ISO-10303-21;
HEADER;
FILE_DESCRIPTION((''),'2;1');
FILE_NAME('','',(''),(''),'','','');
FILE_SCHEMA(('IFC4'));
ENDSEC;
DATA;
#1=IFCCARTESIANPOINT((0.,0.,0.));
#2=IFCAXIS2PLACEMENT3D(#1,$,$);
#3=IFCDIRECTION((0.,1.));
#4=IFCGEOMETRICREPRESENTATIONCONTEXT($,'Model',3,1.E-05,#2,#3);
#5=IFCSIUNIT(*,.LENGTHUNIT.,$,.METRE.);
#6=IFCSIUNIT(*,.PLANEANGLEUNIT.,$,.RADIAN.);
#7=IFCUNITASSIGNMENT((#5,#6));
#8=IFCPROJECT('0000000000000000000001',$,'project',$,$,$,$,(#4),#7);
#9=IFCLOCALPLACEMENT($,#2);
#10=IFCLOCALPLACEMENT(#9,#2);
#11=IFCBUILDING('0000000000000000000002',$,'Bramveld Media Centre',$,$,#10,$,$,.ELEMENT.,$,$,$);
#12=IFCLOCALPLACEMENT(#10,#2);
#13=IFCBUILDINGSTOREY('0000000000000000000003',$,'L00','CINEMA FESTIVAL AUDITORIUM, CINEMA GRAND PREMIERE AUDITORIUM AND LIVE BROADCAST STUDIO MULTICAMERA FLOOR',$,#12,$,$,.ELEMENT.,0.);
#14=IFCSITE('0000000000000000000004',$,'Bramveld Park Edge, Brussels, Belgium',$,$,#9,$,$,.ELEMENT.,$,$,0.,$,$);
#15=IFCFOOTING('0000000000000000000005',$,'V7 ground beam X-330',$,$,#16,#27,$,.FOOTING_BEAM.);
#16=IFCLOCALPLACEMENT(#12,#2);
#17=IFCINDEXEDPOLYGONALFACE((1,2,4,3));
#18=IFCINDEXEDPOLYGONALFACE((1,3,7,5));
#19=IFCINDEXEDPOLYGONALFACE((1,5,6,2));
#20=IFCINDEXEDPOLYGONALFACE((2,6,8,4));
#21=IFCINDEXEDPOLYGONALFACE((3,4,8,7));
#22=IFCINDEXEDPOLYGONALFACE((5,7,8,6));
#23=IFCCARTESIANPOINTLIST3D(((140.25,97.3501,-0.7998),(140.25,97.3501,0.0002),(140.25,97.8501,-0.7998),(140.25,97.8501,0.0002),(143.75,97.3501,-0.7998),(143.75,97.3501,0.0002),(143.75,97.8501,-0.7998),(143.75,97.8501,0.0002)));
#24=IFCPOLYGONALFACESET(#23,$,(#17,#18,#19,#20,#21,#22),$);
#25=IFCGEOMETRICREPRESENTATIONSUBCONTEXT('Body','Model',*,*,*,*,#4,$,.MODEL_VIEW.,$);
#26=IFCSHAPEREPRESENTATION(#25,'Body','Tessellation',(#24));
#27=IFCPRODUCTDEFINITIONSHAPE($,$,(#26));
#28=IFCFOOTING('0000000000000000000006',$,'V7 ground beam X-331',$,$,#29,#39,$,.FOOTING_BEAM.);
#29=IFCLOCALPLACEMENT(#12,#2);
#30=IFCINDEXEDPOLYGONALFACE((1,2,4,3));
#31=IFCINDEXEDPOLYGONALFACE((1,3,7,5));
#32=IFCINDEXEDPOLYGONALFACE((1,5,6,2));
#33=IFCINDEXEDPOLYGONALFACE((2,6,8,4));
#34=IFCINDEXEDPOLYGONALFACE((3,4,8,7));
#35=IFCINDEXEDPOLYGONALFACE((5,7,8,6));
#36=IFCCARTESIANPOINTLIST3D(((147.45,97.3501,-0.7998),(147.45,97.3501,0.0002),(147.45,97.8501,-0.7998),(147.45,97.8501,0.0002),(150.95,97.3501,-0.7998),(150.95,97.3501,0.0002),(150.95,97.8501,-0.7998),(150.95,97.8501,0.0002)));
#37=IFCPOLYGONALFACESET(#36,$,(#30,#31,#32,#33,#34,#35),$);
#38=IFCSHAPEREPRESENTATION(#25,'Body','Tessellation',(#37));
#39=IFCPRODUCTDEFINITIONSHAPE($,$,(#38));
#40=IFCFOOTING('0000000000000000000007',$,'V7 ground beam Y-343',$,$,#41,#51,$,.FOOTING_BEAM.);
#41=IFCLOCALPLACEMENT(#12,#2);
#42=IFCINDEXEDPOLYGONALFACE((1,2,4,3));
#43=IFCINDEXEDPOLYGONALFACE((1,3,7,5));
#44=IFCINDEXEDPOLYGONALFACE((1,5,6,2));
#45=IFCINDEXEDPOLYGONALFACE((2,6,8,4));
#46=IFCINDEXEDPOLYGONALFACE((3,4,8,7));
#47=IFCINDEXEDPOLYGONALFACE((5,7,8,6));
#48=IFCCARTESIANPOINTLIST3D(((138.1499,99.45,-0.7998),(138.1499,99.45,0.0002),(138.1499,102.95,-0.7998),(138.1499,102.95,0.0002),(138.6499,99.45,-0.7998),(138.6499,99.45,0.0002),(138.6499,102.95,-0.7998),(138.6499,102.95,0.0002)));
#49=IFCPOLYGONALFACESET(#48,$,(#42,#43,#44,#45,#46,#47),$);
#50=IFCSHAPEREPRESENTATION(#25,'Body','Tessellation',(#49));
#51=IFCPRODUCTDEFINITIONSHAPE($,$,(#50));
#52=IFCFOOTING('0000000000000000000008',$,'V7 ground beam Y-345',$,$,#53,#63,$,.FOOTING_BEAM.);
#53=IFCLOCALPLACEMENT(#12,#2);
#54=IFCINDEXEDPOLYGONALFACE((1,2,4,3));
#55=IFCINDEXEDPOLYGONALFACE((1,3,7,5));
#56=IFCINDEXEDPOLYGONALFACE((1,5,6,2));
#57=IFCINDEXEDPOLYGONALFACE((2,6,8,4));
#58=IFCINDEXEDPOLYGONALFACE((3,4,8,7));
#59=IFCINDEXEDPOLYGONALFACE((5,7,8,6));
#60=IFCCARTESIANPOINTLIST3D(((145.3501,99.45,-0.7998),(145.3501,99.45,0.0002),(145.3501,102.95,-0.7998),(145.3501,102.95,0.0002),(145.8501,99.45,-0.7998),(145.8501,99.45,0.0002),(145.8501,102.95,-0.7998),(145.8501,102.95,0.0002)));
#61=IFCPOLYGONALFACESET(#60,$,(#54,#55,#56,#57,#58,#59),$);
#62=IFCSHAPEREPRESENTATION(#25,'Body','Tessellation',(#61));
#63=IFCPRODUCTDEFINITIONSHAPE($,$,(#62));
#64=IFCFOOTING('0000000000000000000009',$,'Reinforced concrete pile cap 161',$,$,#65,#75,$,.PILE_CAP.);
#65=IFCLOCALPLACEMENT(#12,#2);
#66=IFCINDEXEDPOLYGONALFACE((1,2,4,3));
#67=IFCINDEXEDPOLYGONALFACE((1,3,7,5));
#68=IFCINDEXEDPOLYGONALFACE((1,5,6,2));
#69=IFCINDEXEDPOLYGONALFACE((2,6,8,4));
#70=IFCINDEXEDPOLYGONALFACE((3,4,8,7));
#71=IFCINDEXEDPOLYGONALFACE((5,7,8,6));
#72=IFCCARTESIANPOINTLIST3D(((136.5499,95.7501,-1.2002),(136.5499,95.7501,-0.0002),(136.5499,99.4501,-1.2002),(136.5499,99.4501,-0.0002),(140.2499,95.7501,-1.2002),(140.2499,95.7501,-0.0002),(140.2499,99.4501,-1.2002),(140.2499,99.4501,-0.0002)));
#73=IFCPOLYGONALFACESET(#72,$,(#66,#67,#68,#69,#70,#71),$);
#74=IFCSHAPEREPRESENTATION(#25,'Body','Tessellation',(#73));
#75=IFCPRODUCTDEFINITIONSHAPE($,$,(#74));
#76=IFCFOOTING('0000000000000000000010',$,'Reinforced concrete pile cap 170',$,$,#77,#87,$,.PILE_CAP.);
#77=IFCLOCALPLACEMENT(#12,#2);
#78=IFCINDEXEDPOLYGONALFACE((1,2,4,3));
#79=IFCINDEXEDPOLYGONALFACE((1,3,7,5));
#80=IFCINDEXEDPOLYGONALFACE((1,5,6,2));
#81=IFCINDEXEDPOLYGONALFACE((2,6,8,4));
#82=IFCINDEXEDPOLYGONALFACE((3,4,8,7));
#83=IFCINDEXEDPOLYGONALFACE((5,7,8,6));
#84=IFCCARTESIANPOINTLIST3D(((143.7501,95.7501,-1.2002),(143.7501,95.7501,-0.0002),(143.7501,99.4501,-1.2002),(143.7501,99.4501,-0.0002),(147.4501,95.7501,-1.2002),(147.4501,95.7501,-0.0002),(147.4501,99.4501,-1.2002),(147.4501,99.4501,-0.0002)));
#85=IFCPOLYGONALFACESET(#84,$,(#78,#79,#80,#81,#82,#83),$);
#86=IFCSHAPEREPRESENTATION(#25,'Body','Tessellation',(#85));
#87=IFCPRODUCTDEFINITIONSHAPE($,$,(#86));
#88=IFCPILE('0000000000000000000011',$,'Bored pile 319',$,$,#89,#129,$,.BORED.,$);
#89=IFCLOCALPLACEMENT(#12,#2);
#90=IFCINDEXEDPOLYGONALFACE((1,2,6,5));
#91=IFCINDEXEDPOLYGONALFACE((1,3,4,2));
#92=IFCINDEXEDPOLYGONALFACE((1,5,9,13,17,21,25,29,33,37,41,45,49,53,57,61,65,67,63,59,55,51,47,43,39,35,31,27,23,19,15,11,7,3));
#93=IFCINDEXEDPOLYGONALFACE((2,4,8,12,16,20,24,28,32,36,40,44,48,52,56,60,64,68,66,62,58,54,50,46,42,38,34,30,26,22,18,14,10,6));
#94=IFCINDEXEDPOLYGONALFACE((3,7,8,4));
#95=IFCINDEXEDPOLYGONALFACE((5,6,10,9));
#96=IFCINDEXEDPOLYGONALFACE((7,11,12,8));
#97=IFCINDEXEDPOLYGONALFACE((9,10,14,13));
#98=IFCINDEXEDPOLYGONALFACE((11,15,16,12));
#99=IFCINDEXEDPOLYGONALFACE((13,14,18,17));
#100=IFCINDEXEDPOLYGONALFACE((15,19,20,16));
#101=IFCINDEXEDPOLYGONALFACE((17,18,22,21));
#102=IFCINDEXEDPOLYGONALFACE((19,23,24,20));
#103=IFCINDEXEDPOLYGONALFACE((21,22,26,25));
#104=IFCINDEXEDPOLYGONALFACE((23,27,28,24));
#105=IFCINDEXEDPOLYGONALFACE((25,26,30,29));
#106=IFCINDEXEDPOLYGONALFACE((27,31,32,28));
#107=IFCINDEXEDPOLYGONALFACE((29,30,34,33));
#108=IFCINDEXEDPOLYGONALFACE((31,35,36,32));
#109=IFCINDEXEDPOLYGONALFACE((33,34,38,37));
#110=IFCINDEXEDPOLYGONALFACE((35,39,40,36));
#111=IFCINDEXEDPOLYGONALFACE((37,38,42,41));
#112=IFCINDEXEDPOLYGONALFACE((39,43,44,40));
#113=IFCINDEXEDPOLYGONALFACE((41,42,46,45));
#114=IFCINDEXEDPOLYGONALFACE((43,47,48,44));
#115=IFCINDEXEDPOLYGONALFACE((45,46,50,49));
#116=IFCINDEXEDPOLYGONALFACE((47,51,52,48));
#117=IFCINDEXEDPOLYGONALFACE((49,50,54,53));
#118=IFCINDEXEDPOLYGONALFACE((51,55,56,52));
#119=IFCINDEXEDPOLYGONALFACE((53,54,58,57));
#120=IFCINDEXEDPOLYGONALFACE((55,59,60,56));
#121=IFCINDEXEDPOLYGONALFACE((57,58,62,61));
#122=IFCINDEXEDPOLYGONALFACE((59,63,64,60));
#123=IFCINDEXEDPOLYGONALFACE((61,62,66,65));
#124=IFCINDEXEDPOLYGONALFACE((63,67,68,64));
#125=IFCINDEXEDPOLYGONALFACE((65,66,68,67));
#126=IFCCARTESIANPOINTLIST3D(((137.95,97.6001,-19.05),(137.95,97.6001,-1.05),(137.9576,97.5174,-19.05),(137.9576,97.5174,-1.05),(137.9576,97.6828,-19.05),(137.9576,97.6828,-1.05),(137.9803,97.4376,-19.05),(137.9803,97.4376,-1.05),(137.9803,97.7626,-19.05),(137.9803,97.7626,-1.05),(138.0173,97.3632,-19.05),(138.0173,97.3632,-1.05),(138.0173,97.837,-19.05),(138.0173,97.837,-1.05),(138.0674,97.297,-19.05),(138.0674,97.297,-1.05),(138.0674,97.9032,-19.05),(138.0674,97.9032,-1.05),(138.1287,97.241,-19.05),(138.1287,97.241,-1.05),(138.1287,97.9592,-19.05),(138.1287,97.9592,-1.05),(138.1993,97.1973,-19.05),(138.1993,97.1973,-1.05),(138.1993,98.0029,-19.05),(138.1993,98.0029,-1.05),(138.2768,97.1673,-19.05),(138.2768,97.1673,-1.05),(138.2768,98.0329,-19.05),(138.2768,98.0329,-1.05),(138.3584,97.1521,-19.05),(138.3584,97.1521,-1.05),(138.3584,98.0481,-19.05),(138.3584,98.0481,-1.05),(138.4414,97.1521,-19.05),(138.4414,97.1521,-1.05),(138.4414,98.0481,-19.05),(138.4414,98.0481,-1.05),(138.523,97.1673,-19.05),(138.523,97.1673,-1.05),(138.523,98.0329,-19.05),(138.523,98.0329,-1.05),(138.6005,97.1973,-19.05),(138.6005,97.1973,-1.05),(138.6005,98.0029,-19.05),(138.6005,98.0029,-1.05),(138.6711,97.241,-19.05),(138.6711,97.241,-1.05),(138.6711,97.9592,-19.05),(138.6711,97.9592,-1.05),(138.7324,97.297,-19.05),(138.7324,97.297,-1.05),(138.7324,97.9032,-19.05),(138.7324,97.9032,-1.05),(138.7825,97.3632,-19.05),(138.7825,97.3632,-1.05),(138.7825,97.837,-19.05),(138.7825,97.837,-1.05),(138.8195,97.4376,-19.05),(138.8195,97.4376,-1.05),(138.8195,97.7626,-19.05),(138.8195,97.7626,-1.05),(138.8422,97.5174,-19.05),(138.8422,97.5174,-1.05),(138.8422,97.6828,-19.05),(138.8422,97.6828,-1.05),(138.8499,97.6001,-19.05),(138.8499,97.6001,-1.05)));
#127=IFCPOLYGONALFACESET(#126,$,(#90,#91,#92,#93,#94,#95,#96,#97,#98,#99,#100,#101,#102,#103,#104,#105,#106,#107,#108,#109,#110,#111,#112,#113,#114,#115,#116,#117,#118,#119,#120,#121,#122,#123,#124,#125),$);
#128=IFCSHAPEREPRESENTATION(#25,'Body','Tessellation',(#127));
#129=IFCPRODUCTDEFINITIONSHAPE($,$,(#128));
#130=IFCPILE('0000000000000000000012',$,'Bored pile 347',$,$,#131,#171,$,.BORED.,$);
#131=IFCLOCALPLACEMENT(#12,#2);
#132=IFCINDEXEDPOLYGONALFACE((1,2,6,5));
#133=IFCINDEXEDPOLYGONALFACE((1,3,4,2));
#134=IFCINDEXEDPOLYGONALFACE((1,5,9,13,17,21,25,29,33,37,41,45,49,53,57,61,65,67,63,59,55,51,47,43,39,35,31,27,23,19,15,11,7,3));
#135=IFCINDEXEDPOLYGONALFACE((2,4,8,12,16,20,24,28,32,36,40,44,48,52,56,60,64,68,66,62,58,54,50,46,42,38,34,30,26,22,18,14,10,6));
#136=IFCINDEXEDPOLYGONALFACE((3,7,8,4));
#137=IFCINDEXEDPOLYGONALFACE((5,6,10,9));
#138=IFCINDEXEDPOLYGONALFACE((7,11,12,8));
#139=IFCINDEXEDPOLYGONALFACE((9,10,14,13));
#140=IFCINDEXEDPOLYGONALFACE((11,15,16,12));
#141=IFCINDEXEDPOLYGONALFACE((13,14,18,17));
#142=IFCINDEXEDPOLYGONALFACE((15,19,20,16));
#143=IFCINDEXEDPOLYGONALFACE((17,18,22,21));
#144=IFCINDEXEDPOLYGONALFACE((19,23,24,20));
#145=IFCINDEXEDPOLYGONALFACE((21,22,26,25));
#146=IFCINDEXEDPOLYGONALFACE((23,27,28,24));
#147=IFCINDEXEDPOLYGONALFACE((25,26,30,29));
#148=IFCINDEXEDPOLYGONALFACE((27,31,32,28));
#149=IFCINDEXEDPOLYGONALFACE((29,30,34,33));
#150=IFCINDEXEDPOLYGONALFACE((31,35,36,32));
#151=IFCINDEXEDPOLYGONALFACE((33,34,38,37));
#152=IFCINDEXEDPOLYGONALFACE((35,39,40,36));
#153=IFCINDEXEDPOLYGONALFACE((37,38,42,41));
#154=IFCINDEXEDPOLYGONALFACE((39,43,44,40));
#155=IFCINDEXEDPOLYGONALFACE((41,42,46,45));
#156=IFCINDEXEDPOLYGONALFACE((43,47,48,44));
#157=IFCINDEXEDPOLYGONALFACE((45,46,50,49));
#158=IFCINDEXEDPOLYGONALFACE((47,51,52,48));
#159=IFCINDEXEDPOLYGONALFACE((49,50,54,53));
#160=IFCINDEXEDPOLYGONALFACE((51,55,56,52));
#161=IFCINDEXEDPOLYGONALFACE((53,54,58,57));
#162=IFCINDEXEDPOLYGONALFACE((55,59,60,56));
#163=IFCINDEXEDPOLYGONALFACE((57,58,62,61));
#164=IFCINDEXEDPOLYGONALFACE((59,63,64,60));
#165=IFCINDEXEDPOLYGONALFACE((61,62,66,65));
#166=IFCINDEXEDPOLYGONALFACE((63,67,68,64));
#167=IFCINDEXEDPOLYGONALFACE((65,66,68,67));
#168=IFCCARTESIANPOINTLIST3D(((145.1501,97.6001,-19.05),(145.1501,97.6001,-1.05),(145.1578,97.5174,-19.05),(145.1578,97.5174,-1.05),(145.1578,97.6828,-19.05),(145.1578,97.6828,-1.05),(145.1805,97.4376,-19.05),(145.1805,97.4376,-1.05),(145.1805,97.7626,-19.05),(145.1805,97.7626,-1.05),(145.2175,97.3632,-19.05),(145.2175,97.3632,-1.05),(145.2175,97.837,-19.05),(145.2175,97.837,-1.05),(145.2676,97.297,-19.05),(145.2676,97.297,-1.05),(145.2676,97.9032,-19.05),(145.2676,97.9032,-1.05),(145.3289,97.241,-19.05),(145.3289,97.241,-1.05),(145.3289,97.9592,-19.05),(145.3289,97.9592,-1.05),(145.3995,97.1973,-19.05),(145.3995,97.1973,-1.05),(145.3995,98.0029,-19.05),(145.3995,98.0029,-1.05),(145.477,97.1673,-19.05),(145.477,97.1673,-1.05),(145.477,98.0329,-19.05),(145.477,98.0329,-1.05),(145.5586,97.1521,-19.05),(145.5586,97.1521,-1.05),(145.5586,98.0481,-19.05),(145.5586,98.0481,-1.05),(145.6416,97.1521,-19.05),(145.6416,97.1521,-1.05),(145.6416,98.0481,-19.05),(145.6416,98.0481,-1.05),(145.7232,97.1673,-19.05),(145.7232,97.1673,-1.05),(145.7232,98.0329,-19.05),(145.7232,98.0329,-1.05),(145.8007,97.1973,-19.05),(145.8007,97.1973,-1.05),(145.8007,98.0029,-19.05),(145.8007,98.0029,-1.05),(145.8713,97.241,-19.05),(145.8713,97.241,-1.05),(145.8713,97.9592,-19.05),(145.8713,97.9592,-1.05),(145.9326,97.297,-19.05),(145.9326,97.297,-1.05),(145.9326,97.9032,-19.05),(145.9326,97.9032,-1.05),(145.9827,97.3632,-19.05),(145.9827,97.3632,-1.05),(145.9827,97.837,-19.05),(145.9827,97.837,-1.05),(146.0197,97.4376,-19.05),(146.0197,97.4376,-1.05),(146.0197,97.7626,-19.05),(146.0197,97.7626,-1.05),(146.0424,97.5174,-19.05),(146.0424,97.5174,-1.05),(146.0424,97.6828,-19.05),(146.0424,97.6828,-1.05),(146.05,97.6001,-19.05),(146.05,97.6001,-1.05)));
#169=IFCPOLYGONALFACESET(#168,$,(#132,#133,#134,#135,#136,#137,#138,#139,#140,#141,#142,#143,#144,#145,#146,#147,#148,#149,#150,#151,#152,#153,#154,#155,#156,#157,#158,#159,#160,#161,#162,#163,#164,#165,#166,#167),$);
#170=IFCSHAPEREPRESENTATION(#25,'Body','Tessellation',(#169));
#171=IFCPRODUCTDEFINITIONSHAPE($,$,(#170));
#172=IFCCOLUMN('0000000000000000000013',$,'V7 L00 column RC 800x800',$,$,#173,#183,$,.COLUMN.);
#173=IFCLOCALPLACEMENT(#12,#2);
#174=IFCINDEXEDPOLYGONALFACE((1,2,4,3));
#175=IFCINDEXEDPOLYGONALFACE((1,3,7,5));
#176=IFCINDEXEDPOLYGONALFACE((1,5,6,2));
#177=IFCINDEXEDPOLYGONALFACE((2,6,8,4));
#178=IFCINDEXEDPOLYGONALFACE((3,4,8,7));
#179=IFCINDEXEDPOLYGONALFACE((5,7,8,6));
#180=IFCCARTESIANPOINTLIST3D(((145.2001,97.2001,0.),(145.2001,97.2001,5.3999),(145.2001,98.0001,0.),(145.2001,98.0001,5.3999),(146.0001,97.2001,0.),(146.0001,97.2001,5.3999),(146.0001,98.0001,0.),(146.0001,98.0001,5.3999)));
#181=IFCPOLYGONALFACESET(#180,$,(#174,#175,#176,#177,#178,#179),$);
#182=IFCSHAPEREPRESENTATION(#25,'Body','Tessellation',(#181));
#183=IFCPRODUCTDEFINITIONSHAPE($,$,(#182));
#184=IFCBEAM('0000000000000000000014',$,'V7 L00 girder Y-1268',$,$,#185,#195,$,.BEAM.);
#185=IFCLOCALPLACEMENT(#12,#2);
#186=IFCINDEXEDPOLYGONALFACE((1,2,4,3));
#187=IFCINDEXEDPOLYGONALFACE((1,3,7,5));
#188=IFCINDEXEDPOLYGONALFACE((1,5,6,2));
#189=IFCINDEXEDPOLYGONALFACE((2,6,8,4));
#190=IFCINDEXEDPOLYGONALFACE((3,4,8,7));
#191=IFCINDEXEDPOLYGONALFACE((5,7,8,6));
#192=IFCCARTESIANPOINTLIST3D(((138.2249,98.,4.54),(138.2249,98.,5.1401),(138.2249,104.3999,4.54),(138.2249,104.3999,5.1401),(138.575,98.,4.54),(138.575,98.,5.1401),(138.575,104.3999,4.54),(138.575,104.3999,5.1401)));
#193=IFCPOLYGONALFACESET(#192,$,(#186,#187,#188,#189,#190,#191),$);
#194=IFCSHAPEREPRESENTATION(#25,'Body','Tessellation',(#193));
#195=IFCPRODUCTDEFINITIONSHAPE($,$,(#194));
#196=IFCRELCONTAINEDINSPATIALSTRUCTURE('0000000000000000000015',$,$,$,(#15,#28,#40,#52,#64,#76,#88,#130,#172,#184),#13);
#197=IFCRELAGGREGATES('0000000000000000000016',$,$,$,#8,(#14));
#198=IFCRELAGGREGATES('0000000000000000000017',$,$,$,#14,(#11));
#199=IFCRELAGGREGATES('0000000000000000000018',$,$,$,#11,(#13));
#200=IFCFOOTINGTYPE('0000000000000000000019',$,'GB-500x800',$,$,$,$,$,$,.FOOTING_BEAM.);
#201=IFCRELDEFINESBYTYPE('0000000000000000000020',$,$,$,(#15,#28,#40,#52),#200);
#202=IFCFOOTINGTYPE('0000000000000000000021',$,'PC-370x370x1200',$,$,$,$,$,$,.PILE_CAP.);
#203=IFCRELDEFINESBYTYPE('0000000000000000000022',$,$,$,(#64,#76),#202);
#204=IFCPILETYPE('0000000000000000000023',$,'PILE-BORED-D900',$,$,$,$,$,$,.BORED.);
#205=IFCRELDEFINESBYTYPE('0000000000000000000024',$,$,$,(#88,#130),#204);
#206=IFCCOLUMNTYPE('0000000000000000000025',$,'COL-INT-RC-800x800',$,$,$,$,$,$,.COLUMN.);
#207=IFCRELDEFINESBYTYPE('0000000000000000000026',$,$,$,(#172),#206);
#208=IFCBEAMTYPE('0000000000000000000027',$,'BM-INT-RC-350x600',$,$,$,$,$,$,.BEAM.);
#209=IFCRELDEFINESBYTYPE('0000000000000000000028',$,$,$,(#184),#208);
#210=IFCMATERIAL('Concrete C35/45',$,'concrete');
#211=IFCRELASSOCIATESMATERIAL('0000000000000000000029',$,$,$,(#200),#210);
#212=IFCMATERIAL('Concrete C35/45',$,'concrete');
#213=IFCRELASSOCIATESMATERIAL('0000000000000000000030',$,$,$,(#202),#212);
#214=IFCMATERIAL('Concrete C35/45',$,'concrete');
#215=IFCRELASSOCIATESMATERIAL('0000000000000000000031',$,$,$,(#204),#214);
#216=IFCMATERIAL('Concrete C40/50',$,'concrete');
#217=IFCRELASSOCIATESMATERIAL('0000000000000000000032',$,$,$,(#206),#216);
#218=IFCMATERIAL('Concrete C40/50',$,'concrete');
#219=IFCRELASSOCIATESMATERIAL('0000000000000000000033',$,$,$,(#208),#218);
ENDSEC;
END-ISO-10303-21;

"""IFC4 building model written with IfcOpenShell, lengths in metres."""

from ifc_helpers import new_model, si_unit, direction, frame, origin, origin_2d, place, context, subcontext, project, spatial, rectangle, circle, extrude, material, material_profile, profile_set, type_object, element, save


model = new_model("IFC4")

# Units and contexts
model_context = context("Model", 3, precision=1e-05, world=origin(), true_north=direction((0.0, 1.0)))
body_context = subcontext(model_context, "Body", "Model", "MODEL_VIEW")
ifc_project = project(units=[si_unit("LENGTHUNIT", "METRE"), si_unit("PLANEANGLEUNIT", "RADIAN")], contexts=[model_context])

# Site, building, storey
site_placement = place(None, origin())
site = spatial("IfcSite", under=ifc_project, at=site_placement, Name="Bramveld Park Edge, Brussels, Belgium", CompositionType="ELEMENT", RefElevation=0.0)
building_placement = place(site_placement, origin())
building = spatial("IfcBuilding", under=site, at=building_placement, Name="Bramveld Media Centre", CompositionType="ELEMENT")
storey_placement = place(building_placement, origin())
storey = spatial("IfcBuildingStorey", under=building, at=storey_placement, Name="L00", Description="CINEMA FESTIVAL AUDITORIUM, CINEMA GRAND PREMIERE AUDITORIUM AND LIVE BROADCAST STUDIO MULTICAMERA FLOOR", CompositionType="ELEMENT", Elevation=0.0)

# Footings
ifc_material_1 = material(Name="Concrete C35/45", Category="concrete")
footing_type_1 = type_object("IfcFootingType", Name="GB-500x800", PredefinedType="FOOTING_BEAM", material=ifc_material_1)
for number, where, z_axis, x_axis, name in (
    (1, (142.0, 97.6001, -0.7998), (0.0, 0.0, 1.0), (1.0, 0.0, 0.0), "V7 ground beam X-330"),
    (2, (149.2, 97.6001, -0.7998), (0.0, 0.0, 1.0), (1.0, 0.0, 0.0), "V7 ground beam X-331"),
):
    element("IfcFooting", number, at=place(storey_placement, frame(where, z_axis=z_axis, x_axis=x_axis)), inside=storey, type_object=footing_type_1, Name=name, PredefinedType="FOOTING_BEAM", context=body_context, shape_type="SweptSolid", body=[
        extrude(rectangle(XDim=3.5, YDim=0.5, at=origin_2d()), origin(), (0.0, 0.0, 1.0), 0.8),
    ])
for number, where, z_axis, x_axis, name in (
    (3, (138.3999, 101.2, -0.7998), (0.0, 0.0, 1.0), (1.0, 0.0, 0.0), "V7 ground beam Y-343"),
    (4, (145.6001, 101.2, -0.7998), (0.0, 0.0, 1.0), (1.0, 0.0, 0.0), "V7 ground beam Y-345"),
):
    element("IfcFooting", number, at=place(storey_placement, frame(where, z_axis=z_axis, x_axis=x_axis)), inside=storey, type_object=footing_type_1, Name=name, PredefinedType="FOOTING_BEAM", context=body_context, shape_type="SweptSolid", body=[
        extrude(rectangle(XDim=0.5, YDim=3.5, at=origin_2d()), origin(), (0.0, 0.0, 1.0), 0.8),
    ])
ifc_material_2 = material(Name="Concrete C35/45", Category="concrete")
footing_type_2 = type_object("IfcFootingType", Name="PC-370x370x1200", PredefinedType="PILE_CAP", material=ifc_material_2)
for number, where, z_axis, x_axis, name in (
    (5, (138.3999, 97.6001, -1.2002), (0.0, 0.0, 1.0), (1.0, 0.0, 0.0), "Reinforced concrete pile cap 161"),
    (6, (145.6001, 97.6001, -1.2002), (0.0, 0.0, 1.0), (1.0, 0.0, 0.0), "Reinforced concrete pile cap 170"),
):
    element("IfcFooting", number, at=place(storey_placement, frame(where, z_axis=z_axis, x_axis=x_axis)), inside=storey, type_object=footing_type_2, Name=name, PredefinedType="PILE_CAP", context=body_context, shape_type="SweptSolid", body=[
        extrude(rectangle(XDim=3.7, YDim=3.7, at=origin_2d()), origin(), (0.0, 0.0, 1.0), 1.2),
    ])

# Piles
ifc_material_3 = material(Name="Concrete C35/45", Category="concrete")
ifc_material_profile_1 = material_profile(ifc_material_3, circle(Radius=0.45, at=origin_2d()), Name="BORED D900")
ifc_profile_set_1 = profile_set([ifc_material_profile_1], Name="Concrete C35/45")
pile_type = type_object("IfcPileType", Name="PILE-BORED-D900", PredefinedType="BORED", material=ifc_profile_set_1)
for number, where, z_axis, x_axis, name in (
    (7, (138.3999, 97.6001, -1.05), (0.0, 0.0, -1.0), (1.0, 0.0, 0.0), "Bored pile 319"),
    (8, (145.6001, 97.6001, -1.05), (0.0, 0.0, -1.0), (1.0, 0.0, 0.0), "Bored pile 347"),
):
    element("IfcPile", number, at=place(storey_placement, frame(where, z_axis=z_axis, x_axis=x_axis)), inside=storey, type_object=pile_type, Name=name, PredefinedType="BORED", context=body_context, shape_type="SweptSolid", body=[
        extrude(circle(Radius=0.45, at=origin_2d()), origin(), (0.0, 0.0, 1.0), 18.0),
    ])

# Column
ifc_material_4 = material(Name="Concrete C40/50", Category="concrete")
ifc_material_profile_2 = material_profile(ifc_material_4, rectangle(XDim=0.8, YDim=0.8, at=origin_2d()), Name="RC 800x800")
ifc_profile_set_2 = profile_set([ifc_material_profile_2], Name="Concrete C40/50")
column_type = type_object("IfcColumnType", Name="COL-INT-RC-800x800", PredefinedType="COLUMN", material=ifc_profile_set_2)
column_placement = place(storey_placement, frame((145.6001, 97.6001, 0.0), z_axis=(0.0, 0.0, 1.0), x_axis=(1.0, 0.0, 0.0)))
element("IfcColumn", 9, at=column_placement, inside=storey, type_object=column_type, Name="V7 L00 column RC 800x800", PredefinedType="COLUMN", context=body_context, shape_type="SweptSolid", body=[
    extrude(rectangle(XDim=0.8, YDim=0.8, at=origin_2d()), origin(), (0.0, 0.0, 1.0), 5.3999),
])

# Beam
ifc_material_5 = material(Name="Concrete C40/50", Category="concrete")
ifc_material_profile_3 = material_profile(ifc_material_5, rectangle(XDim=0.3501, YDim=0.6001, at=origin_2d()), Name="RC 350x600")
ifc_profile_set_3 = profile_set([ifc_material_profile_3], Name="Concrete C40/50")
beam_type_1 = type_object("IfcBeamType", Name="BM-INT-RC-350x600", PredefinedType="BEAM", material=ifc_profile_set_3)
for number, where, z_axis, x_axis, name in (
    (10, (138.3999, 98.0, 4.8401), (0.0, 1.0, 0.0), (-1.0, 0.0, 0.0), "V7 L00 girder Y-1268"),
):
    element("IfcBeam", number, at=place(storey_placement, frame(where, z_axis=z_axis, x_axis=x_axis)), inside=storey, type_object=beam_type_1, Name=name, PredefinedType="BEAM", context=body_context, shape_type="SweptSolid", body=[
        extrude(rectangle(XDim=0.3501, YDim=0.6001, at=origin_2d()), origin(), (0.0, 0.0, 1.0), 6.3999),
    ])

save(model, "model.ifc")
